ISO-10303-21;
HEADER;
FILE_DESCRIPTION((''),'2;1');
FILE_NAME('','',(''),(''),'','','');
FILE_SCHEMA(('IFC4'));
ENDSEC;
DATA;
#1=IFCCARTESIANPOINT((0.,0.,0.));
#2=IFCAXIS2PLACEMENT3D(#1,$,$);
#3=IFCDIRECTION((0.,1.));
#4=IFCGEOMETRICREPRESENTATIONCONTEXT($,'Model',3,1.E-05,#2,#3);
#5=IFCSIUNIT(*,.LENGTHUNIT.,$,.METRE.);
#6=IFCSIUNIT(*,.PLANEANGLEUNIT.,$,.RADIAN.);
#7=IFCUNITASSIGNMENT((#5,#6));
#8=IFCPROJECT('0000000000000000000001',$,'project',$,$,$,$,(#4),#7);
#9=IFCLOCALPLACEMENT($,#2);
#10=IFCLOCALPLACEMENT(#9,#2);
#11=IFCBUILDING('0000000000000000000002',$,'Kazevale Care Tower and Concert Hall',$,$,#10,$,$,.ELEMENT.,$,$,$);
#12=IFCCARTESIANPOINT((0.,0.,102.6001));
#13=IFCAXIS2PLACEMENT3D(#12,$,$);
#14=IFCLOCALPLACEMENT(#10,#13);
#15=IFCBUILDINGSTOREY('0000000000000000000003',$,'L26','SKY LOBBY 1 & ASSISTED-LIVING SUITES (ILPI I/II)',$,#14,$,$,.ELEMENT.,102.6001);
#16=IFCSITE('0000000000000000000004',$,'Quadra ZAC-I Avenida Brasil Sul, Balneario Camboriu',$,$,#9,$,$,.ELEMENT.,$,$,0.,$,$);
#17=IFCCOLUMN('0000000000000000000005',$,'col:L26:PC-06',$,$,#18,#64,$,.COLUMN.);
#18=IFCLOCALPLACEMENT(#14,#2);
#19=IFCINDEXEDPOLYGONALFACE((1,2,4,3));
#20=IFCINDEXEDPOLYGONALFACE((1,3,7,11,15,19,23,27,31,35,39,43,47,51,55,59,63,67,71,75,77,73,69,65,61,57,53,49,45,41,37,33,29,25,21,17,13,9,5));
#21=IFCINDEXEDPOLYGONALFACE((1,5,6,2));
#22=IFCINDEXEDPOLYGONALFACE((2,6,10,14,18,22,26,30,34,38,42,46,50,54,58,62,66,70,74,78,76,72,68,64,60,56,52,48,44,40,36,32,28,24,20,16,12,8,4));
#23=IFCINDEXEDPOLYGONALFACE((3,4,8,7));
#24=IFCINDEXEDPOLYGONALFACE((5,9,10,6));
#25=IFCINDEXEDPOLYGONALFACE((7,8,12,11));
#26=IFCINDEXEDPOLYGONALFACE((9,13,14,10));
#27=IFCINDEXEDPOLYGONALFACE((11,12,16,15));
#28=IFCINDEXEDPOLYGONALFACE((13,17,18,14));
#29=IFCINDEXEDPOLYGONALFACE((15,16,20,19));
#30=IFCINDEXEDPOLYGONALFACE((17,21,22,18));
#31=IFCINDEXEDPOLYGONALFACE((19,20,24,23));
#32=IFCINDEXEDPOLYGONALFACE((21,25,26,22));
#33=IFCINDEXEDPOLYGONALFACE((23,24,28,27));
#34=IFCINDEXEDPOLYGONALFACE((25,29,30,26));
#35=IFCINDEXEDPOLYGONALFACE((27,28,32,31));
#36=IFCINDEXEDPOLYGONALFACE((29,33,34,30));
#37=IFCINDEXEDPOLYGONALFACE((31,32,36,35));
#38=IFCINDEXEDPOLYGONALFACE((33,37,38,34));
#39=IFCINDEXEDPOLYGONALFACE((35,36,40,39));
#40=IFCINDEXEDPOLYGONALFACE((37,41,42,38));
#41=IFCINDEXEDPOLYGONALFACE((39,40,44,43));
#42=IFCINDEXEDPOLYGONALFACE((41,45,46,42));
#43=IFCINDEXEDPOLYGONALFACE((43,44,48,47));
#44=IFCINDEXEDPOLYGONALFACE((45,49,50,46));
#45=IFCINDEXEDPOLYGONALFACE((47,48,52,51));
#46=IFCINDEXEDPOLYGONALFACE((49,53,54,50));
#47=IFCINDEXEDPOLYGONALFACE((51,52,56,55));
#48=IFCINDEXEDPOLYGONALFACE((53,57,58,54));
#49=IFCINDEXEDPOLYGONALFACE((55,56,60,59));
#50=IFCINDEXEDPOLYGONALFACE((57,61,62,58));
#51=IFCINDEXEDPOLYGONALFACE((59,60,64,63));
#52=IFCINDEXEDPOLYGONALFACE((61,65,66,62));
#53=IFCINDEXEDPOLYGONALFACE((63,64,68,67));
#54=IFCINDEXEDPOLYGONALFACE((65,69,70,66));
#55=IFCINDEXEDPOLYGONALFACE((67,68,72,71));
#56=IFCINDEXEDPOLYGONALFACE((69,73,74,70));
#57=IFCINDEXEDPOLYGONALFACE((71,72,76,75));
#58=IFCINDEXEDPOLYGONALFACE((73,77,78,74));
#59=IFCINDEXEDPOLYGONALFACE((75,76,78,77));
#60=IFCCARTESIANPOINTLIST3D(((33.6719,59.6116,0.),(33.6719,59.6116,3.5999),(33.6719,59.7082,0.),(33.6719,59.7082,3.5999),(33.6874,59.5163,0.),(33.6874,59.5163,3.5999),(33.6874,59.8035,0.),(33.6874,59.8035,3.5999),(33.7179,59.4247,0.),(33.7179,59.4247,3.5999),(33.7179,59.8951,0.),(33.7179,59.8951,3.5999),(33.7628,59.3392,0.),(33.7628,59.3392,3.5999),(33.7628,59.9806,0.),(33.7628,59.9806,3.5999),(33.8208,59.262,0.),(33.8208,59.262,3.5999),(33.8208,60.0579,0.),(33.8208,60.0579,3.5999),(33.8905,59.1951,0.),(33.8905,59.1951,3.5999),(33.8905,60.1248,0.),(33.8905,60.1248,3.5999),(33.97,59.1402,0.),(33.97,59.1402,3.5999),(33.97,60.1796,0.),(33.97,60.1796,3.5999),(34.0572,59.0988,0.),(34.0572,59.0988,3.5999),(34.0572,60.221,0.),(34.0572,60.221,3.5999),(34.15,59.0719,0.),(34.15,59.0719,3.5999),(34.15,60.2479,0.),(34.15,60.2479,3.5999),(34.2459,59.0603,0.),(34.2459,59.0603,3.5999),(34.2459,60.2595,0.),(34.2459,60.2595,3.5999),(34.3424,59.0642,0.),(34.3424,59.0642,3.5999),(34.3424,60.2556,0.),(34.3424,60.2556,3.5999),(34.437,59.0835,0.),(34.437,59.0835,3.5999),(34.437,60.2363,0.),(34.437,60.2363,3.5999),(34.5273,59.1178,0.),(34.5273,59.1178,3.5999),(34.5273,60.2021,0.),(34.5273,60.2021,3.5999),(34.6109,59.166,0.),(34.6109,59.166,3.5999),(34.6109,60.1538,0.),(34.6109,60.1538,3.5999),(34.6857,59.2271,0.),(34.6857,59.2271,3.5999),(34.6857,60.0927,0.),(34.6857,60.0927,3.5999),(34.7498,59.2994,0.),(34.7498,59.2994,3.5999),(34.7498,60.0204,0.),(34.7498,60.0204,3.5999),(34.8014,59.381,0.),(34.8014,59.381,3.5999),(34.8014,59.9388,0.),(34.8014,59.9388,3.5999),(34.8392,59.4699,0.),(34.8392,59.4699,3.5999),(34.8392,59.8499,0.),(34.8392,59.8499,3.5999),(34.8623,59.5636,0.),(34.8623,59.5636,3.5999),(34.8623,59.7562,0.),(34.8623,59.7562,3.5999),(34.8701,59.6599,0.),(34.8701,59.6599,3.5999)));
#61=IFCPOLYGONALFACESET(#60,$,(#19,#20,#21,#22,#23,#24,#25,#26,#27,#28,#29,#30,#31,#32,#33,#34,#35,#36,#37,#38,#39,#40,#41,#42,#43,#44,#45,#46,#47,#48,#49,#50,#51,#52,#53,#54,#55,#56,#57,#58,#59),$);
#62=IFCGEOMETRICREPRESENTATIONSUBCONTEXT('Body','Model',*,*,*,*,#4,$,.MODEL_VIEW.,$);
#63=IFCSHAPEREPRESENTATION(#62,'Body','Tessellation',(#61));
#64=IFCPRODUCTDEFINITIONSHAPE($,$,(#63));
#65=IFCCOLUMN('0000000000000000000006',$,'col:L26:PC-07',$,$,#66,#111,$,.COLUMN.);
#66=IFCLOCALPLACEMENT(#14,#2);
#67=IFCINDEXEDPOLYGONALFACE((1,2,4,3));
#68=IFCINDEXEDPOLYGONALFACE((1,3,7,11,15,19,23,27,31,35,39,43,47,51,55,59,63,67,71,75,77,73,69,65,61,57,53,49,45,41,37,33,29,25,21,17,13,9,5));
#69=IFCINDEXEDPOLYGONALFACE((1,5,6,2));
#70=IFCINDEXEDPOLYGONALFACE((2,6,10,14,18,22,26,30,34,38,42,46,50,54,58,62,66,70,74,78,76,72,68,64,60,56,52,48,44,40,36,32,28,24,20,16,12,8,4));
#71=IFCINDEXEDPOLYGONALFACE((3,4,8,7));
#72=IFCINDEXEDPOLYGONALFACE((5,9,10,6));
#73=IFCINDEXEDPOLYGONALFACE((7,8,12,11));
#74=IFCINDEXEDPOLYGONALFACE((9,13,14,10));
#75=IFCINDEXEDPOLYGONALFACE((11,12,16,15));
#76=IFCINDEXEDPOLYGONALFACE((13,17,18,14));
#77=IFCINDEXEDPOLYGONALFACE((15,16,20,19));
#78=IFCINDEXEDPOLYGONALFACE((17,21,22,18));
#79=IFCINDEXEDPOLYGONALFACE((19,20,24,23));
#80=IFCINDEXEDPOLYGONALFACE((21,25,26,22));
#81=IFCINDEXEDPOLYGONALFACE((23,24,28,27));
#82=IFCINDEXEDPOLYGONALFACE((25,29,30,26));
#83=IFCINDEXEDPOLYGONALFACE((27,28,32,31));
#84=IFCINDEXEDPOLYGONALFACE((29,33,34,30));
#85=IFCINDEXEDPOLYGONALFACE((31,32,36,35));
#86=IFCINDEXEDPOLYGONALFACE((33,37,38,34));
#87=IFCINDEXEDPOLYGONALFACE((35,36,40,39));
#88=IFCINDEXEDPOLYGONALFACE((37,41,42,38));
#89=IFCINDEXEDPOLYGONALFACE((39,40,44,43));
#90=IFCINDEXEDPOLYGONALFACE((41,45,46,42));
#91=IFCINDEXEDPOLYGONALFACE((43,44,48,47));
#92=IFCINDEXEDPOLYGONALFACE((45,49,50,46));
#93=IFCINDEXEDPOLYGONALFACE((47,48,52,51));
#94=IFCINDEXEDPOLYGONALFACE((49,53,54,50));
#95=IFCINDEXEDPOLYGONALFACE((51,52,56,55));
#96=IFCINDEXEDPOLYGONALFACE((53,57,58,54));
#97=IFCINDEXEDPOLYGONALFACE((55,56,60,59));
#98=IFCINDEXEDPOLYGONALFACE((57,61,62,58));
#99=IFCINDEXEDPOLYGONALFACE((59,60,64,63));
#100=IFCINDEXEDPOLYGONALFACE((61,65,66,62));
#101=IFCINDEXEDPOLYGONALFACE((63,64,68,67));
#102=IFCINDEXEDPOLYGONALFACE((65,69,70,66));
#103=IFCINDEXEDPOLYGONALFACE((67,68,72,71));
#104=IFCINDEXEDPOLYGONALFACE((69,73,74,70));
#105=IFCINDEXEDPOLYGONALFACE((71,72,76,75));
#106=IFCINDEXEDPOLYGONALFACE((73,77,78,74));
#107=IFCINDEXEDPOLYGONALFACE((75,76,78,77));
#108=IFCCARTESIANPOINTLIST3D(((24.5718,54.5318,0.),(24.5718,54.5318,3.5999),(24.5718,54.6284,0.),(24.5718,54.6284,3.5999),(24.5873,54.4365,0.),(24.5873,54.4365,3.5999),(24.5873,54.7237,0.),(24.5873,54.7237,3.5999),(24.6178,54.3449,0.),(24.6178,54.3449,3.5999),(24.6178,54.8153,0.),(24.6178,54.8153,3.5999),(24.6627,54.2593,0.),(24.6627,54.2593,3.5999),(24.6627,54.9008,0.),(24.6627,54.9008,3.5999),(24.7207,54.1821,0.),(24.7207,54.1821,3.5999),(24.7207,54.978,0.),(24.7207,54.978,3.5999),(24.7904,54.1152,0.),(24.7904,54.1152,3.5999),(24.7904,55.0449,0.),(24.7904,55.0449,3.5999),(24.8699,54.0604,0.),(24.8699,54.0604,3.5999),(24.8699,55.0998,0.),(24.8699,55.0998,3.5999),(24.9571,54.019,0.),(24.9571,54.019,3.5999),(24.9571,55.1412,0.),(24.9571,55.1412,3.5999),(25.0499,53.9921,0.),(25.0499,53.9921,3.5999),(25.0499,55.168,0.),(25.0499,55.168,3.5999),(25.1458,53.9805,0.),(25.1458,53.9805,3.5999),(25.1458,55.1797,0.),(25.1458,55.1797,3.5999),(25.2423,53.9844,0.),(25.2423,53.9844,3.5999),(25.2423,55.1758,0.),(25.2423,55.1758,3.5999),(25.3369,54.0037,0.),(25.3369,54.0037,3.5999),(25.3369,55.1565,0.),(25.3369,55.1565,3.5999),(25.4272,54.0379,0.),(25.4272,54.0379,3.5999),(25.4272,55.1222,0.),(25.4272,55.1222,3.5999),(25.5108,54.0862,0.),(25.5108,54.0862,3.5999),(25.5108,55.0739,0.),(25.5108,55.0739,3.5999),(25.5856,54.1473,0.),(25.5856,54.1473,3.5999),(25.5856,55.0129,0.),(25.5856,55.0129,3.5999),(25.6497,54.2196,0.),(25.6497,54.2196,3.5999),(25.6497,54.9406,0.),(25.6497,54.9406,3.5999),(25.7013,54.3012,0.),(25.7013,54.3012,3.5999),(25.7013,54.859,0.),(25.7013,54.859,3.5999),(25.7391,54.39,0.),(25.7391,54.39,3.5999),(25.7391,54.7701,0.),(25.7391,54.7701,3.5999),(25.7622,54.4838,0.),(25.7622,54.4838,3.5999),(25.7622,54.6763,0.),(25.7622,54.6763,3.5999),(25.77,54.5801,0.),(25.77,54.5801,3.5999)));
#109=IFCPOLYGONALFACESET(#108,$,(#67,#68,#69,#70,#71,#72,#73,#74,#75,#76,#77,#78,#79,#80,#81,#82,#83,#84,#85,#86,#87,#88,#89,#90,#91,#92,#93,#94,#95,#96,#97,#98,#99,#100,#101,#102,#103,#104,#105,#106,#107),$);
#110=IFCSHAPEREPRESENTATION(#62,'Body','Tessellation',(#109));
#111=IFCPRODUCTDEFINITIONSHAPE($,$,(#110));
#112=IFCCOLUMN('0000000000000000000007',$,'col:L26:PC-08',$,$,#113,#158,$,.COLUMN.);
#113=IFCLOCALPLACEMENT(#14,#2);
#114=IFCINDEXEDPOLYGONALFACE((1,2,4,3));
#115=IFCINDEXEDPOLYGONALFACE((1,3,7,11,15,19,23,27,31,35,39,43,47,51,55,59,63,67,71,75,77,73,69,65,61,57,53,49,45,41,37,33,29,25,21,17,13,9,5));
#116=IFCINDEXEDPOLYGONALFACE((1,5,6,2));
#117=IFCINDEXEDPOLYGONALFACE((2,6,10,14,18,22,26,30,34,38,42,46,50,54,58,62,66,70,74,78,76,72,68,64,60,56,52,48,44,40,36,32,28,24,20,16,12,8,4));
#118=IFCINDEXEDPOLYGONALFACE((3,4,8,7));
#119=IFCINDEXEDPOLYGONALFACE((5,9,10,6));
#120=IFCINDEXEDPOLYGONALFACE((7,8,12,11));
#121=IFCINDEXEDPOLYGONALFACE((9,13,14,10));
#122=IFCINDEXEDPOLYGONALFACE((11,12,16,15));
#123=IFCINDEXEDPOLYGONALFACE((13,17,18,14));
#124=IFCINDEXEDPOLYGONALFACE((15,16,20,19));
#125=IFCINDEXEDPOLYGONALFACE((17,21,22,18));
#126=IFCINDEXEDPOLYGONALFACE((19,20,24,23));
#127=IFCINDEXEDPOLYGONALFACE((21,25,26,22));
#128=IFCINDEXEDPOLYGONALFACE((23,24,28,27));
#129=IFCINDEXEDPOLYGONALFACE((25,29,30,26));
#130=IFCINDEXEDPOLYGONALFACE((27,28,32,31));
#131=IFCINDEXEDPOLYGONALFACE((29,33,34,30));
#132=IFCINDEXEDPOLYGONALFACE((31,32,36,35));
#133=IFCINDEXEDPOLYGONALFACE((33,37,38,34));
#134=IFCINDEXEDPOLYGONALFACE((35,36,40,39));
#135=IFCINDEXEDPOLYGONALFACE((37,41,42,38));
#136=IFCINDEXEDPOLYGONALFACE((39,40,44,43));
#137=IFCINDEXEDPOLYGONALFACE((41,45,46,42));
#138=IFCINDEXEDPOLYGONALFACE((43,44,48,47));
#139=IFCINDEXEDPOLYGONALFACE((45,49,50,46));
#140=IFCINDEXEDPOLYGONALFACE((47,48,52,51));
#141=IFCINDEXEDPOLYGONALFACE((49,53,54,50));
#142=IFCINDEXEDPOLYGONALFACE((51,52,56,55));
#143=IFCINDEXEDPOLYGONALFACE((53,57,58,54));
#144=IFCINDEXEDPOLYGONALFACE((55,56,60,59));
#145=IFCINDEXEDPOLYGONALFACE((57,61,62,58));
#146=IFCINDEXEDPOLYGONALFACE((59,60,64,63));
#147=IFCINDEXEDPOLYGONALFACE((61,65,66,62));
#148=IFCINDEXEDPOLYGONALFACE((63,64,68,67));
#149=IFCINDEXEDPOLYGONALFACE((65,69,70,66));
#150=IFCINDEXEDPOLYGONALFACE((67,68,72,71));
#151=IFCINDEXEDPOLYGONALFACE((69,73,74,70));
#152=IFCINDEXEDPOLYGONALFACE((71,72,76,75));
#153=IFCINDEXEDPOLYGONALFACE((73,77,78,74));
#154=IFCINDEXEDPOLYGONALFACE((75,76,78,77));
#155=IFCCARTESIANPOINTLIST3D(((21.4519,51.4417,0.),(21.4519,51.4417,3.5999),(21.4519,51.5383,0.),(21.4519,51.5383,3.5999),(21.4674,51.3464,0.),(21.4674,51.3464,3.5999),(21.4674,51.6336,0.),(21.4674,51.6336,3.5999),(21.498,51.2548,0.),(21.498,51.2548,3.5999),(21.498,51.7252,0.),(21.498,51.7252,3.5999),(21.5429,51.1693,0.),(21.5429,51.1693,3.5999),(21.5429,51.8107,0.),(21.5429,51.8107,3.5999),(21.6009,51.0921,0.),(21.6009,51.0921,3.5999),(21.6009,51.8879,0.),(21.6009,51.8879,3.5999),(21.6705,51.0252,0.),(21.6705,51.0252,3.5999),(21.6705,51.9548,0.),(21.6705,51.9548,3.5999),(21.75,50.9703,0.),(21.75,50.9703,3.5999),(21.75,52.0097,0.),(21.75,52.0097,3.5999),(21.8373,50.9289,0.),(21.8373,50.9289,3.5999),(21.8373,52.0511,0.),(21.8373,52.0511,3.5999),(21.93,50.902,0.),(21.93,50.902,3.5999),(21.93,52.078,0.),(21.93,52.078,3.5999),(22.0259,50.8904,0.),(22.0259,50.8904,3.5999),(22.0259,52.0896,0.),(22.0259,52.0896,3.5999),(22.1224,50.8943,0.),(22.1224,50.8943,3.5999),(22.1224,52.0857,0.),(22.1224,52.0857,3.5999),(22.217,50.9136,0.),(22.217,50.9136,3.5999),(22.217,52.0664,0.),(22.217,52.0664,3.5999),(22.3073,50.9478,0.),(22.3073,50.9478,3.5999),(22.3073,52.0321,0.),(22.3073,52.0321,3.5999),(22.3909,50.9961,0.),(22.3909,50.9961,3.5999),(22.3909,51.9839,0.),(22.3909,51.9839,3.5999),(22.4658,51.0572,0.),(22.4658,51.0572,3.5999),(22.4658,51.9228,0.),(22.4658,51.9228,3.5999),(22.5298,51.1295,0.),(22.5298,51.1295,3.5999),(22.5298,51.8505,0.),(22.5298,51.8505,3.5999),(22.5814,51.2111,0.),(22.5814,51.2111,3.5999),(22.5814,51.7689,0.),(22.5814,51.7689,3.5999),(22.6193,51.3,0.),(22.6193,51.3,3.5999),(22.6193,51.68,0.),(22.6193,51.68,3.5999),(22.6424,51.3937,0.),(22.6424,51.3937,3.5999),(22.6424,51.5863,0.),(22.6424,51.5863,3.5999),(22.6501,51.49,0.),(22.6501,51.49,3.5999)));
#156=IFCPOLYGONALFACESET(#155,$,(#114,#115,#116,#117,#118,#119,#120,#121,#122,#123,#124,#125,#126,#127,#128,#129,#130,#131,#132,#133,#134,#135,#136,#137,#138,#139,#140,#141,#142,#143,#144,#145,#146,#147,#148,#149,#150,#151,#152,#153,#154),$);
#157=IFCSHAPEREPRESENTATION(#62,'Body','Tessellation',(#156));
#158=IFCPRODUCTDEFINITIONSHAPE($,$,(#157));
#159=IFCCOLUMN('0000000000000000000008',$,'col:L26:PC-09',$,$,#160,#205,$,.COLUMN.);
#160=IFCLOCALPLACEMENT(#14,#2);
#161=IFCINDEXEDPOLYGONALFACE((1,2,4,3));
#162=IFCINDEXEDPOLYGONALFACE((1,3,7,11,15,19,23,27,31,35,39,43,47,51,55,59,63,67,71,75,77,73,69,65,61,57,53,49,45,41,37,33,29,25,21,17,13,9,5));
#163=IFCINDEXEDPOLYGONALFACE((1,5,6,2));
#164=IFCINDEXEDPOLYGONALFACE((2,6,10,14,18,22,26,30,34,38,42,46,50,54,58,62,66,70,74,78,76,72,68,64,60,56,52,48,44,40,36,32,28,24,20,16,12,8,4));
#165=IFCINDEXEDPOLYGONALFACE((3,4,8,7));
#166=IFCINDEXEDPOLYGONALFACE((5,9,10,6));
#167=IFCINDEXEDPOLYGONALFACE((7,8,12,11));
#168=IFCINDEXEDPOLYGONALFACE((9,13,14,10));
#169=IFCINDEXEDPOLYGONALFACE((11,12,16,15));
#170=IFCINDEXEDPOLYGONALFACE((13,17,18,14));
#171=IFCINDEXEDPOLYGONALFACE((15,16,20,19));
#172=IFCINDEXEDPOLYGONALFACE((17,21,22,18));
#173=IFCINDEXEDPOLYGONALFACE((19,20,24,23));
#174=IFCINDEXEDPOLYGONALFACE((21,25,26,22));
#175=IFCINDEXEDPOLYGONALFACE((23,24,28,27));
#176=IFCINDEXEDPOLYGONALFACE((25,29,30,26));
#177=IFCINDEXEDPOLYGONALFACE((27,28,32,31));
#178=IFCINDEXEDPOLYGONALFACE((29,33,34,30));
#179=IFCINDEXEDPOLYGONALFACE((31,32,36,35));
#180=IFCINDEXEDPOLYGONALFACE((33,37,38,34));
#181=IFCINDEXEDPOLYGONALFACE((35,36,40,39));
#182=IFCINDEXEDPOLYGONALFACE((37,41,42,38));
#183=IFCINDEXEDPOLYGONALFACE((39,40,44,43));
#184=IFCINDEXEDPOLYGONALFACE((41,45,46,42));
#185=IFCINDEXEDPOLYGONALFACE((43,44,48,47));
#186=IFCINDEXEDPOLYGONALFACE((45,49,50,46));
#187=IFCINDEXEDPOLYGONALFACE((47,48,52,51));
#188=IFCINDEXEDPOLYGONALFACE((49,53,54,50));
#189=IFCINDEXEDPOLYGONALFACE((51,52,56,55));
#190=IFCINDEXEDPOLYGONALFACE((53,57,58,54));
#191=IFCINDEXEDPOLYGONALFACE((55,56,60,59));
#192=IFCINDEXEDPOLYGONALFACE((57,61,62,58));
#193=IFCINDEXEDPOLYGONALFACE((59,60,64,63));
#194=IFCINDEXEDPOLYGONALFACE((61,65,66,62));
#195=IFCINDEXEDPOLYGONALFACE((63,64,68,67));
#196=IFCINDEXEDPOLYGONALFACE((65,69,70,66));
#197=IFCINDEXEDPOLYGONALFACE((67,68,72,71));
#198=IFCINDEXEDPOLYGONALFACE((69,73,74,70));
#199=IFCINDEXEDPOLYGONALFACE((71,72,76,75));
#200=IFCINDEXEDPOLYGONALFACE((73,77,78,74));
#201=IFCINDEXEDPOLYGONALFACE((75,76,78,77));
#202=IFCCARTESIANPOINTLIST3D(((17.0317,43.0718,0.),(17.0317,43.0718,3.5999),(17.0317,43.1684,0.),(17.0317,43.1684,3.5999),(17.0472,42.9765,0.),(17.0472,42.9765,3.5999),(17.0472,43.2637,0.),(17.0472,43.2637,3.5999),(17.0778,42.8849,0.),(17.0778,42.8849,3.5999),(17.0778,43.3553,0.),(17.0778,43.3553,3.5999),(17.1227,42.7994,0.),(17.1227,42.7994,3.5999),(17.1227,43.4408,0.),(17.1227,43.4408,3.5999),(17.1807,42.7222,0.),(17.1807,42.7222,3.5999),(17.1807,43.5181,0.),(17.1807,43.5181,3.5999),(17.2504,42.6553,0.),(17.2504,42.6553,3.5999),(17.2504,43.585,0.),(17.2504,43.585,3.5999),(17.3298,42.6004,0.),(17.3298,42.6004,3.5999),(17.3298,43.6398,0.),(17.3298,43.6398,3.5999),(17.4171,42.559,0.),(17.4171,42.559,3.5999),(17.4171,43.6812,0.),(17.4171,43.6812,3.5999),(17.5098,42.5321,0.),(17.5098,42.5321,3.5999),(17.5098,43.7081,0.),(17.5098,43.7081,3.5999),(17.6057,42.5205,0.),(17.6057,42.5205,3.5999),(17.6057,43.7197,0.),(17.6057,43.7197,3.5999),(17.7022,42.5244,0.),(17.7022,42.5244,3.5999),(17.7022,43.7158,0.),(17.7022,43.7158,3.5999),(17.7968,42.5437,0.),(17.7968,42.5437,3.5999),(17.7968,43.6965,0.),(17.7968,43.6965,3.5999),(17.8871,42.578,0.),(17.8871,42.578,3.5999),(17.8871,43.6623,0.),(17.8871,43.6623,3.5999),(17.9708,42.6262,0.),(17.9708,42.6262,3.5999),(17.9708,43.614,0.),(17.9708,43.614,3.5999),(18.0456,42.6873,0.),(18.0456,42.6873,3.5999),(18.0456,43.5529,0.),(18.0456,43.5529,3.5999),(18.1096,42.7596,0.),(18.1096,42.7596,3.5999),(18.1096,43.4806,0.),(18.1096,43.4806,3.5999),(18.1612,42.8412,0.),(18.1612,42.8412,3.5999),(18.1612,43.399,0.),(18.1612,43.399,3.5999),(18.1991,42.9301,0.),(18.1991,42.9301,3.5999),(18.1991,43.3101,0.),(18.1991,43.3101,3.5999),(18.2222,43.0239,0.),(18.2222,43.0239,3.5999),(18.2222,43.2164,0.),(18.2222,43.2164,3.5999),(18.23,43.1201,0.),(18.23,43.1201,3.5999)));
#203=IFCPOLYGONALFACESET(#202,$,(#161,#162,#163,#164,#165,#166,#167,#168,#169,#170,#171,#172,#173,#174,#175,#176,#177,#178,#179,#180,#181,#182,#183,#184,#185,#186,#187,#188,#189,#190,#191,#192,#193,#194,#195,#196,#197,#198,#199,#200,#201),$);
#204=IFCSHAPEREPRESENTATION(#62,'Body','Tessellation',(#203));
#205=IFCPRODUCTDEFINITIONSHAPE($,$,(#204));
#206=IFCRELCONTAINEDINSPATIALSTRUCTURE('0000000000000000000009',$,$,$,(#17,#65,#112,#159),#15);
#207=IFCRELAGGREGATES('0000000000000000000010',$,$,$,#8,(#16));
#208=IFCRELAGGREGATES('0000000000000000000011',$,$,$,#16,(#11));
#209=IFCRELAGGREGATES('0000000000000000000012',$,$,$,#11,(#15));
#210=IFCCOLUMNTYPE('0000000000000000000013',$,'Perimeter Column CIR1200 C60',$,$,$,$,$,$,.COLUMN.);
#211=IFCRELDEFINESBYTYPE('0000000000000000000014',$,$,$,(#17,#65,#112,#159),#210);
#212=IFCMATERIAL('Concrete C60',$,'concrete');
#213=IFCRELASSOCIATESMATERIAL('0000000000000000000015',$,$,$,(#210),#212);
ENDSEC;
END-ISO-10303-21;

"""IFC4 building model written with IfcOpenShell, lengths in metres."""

from ifc_helpers import new_model, si_unit, direction, frame, origin, origin_2d, place, context, subcontext, project, spatial, circle, extrude, material, material_profile, profile_set, type_object, element, save


model = new_model("IFC4")

# Units and contexts
model_context = context("Model", 3, precision=1e-05, world=origin(), true_north=direction((0.0, 1.0)))
body_context = subcontext(model_context, "Body", "Model", "MODEL_VIEW")
ifc_project = project(units=[si_unit("LENGTHUNIT", "METRE"), si_unit("PLANEANGLEUNIT", "RADIAN")], contexts=[model_context])

# Site, building, storey
site_placement = place(None, origin())
site = spatial("IfcSite", under=ifc_project, at=site_placement, Name="Quadra ZAC-I Avenida Brasil Sul, Balneario Camboriu", CompositionType="ELEMENT", RefElevation=0.0)
building_placement = place(site_placement, origin())
building = spatial("IfcBuilding", under=site, at=building_placement, Name="Kazevale Care Tower and Concert Hall", CompositionType="ELEMENT")
storey_placement = place(building_placement, frame((0.0, 0.0, 102.6001)))
storey = spatial("IfcBuildingStorey", under=building, at=storey_placement, Name="L26", Description="SKY LOBBY 1 & ASSISTED-LIVING SUITES (ILPI I/II)", CompositionType="ELEMENT", Elevation=102.6001)

# Columns
ifc_material_1 = material(Name="Concrete C60", Category="concrete")
ifc_material_profile_1 = material_profile(ifc_material_1, circle(Radius=0.6001, at=origin_2d()), Name="RC-CIR1200")
ifc_profile_set_1 = profile_set([ifc_material_profile_1], Name="Concrete C60")
column_type = type_object("IfcColumnType", Name="Perimeter Column CIR1200 C60", PredefinedType="COLUMN", material=ifc_profile_set_1)
for number, where, z_axis, x_axis, name in (
    (1, (34.27, 59.6599, 0.0), (0.0, 0.0, 1.0), (1.0, 0.0, 0.0), "col:L26:PC-06"),
    (2, (25.1699, 54.5801, 0.0), (0.0, 0.0, 1.0), (1.0, 0.0, 0.0), "col:L26:PC-07"),
    (3, (22.05, 51.49, 0.0), (0.0, 0.0, 1.0), (1.0, 0.0, 0.0), "col:L26:PC-08"),
    (4, (17.6299, 43.1201, 0.0), (0.0, 0.0, 1.0), (1.0, 0.0, 0.0), "col:L26:PC-09"),
):
    element("IfcColumn", number, at=place(storey_placement, frame(where, z_axis=z_axis, x_axis=x_axis)), inside=storey, type_object=column_type, Name=name, PredefinedType="COLUMN", context=body_context, shape_type="SweptSolid", body=[
        extrude(circle(Radius=0.6001, at=origin_2d()), origin(), (0.0, 0.0, 1.0), 3.5999),
    ])

save(model, "model.ifc")
